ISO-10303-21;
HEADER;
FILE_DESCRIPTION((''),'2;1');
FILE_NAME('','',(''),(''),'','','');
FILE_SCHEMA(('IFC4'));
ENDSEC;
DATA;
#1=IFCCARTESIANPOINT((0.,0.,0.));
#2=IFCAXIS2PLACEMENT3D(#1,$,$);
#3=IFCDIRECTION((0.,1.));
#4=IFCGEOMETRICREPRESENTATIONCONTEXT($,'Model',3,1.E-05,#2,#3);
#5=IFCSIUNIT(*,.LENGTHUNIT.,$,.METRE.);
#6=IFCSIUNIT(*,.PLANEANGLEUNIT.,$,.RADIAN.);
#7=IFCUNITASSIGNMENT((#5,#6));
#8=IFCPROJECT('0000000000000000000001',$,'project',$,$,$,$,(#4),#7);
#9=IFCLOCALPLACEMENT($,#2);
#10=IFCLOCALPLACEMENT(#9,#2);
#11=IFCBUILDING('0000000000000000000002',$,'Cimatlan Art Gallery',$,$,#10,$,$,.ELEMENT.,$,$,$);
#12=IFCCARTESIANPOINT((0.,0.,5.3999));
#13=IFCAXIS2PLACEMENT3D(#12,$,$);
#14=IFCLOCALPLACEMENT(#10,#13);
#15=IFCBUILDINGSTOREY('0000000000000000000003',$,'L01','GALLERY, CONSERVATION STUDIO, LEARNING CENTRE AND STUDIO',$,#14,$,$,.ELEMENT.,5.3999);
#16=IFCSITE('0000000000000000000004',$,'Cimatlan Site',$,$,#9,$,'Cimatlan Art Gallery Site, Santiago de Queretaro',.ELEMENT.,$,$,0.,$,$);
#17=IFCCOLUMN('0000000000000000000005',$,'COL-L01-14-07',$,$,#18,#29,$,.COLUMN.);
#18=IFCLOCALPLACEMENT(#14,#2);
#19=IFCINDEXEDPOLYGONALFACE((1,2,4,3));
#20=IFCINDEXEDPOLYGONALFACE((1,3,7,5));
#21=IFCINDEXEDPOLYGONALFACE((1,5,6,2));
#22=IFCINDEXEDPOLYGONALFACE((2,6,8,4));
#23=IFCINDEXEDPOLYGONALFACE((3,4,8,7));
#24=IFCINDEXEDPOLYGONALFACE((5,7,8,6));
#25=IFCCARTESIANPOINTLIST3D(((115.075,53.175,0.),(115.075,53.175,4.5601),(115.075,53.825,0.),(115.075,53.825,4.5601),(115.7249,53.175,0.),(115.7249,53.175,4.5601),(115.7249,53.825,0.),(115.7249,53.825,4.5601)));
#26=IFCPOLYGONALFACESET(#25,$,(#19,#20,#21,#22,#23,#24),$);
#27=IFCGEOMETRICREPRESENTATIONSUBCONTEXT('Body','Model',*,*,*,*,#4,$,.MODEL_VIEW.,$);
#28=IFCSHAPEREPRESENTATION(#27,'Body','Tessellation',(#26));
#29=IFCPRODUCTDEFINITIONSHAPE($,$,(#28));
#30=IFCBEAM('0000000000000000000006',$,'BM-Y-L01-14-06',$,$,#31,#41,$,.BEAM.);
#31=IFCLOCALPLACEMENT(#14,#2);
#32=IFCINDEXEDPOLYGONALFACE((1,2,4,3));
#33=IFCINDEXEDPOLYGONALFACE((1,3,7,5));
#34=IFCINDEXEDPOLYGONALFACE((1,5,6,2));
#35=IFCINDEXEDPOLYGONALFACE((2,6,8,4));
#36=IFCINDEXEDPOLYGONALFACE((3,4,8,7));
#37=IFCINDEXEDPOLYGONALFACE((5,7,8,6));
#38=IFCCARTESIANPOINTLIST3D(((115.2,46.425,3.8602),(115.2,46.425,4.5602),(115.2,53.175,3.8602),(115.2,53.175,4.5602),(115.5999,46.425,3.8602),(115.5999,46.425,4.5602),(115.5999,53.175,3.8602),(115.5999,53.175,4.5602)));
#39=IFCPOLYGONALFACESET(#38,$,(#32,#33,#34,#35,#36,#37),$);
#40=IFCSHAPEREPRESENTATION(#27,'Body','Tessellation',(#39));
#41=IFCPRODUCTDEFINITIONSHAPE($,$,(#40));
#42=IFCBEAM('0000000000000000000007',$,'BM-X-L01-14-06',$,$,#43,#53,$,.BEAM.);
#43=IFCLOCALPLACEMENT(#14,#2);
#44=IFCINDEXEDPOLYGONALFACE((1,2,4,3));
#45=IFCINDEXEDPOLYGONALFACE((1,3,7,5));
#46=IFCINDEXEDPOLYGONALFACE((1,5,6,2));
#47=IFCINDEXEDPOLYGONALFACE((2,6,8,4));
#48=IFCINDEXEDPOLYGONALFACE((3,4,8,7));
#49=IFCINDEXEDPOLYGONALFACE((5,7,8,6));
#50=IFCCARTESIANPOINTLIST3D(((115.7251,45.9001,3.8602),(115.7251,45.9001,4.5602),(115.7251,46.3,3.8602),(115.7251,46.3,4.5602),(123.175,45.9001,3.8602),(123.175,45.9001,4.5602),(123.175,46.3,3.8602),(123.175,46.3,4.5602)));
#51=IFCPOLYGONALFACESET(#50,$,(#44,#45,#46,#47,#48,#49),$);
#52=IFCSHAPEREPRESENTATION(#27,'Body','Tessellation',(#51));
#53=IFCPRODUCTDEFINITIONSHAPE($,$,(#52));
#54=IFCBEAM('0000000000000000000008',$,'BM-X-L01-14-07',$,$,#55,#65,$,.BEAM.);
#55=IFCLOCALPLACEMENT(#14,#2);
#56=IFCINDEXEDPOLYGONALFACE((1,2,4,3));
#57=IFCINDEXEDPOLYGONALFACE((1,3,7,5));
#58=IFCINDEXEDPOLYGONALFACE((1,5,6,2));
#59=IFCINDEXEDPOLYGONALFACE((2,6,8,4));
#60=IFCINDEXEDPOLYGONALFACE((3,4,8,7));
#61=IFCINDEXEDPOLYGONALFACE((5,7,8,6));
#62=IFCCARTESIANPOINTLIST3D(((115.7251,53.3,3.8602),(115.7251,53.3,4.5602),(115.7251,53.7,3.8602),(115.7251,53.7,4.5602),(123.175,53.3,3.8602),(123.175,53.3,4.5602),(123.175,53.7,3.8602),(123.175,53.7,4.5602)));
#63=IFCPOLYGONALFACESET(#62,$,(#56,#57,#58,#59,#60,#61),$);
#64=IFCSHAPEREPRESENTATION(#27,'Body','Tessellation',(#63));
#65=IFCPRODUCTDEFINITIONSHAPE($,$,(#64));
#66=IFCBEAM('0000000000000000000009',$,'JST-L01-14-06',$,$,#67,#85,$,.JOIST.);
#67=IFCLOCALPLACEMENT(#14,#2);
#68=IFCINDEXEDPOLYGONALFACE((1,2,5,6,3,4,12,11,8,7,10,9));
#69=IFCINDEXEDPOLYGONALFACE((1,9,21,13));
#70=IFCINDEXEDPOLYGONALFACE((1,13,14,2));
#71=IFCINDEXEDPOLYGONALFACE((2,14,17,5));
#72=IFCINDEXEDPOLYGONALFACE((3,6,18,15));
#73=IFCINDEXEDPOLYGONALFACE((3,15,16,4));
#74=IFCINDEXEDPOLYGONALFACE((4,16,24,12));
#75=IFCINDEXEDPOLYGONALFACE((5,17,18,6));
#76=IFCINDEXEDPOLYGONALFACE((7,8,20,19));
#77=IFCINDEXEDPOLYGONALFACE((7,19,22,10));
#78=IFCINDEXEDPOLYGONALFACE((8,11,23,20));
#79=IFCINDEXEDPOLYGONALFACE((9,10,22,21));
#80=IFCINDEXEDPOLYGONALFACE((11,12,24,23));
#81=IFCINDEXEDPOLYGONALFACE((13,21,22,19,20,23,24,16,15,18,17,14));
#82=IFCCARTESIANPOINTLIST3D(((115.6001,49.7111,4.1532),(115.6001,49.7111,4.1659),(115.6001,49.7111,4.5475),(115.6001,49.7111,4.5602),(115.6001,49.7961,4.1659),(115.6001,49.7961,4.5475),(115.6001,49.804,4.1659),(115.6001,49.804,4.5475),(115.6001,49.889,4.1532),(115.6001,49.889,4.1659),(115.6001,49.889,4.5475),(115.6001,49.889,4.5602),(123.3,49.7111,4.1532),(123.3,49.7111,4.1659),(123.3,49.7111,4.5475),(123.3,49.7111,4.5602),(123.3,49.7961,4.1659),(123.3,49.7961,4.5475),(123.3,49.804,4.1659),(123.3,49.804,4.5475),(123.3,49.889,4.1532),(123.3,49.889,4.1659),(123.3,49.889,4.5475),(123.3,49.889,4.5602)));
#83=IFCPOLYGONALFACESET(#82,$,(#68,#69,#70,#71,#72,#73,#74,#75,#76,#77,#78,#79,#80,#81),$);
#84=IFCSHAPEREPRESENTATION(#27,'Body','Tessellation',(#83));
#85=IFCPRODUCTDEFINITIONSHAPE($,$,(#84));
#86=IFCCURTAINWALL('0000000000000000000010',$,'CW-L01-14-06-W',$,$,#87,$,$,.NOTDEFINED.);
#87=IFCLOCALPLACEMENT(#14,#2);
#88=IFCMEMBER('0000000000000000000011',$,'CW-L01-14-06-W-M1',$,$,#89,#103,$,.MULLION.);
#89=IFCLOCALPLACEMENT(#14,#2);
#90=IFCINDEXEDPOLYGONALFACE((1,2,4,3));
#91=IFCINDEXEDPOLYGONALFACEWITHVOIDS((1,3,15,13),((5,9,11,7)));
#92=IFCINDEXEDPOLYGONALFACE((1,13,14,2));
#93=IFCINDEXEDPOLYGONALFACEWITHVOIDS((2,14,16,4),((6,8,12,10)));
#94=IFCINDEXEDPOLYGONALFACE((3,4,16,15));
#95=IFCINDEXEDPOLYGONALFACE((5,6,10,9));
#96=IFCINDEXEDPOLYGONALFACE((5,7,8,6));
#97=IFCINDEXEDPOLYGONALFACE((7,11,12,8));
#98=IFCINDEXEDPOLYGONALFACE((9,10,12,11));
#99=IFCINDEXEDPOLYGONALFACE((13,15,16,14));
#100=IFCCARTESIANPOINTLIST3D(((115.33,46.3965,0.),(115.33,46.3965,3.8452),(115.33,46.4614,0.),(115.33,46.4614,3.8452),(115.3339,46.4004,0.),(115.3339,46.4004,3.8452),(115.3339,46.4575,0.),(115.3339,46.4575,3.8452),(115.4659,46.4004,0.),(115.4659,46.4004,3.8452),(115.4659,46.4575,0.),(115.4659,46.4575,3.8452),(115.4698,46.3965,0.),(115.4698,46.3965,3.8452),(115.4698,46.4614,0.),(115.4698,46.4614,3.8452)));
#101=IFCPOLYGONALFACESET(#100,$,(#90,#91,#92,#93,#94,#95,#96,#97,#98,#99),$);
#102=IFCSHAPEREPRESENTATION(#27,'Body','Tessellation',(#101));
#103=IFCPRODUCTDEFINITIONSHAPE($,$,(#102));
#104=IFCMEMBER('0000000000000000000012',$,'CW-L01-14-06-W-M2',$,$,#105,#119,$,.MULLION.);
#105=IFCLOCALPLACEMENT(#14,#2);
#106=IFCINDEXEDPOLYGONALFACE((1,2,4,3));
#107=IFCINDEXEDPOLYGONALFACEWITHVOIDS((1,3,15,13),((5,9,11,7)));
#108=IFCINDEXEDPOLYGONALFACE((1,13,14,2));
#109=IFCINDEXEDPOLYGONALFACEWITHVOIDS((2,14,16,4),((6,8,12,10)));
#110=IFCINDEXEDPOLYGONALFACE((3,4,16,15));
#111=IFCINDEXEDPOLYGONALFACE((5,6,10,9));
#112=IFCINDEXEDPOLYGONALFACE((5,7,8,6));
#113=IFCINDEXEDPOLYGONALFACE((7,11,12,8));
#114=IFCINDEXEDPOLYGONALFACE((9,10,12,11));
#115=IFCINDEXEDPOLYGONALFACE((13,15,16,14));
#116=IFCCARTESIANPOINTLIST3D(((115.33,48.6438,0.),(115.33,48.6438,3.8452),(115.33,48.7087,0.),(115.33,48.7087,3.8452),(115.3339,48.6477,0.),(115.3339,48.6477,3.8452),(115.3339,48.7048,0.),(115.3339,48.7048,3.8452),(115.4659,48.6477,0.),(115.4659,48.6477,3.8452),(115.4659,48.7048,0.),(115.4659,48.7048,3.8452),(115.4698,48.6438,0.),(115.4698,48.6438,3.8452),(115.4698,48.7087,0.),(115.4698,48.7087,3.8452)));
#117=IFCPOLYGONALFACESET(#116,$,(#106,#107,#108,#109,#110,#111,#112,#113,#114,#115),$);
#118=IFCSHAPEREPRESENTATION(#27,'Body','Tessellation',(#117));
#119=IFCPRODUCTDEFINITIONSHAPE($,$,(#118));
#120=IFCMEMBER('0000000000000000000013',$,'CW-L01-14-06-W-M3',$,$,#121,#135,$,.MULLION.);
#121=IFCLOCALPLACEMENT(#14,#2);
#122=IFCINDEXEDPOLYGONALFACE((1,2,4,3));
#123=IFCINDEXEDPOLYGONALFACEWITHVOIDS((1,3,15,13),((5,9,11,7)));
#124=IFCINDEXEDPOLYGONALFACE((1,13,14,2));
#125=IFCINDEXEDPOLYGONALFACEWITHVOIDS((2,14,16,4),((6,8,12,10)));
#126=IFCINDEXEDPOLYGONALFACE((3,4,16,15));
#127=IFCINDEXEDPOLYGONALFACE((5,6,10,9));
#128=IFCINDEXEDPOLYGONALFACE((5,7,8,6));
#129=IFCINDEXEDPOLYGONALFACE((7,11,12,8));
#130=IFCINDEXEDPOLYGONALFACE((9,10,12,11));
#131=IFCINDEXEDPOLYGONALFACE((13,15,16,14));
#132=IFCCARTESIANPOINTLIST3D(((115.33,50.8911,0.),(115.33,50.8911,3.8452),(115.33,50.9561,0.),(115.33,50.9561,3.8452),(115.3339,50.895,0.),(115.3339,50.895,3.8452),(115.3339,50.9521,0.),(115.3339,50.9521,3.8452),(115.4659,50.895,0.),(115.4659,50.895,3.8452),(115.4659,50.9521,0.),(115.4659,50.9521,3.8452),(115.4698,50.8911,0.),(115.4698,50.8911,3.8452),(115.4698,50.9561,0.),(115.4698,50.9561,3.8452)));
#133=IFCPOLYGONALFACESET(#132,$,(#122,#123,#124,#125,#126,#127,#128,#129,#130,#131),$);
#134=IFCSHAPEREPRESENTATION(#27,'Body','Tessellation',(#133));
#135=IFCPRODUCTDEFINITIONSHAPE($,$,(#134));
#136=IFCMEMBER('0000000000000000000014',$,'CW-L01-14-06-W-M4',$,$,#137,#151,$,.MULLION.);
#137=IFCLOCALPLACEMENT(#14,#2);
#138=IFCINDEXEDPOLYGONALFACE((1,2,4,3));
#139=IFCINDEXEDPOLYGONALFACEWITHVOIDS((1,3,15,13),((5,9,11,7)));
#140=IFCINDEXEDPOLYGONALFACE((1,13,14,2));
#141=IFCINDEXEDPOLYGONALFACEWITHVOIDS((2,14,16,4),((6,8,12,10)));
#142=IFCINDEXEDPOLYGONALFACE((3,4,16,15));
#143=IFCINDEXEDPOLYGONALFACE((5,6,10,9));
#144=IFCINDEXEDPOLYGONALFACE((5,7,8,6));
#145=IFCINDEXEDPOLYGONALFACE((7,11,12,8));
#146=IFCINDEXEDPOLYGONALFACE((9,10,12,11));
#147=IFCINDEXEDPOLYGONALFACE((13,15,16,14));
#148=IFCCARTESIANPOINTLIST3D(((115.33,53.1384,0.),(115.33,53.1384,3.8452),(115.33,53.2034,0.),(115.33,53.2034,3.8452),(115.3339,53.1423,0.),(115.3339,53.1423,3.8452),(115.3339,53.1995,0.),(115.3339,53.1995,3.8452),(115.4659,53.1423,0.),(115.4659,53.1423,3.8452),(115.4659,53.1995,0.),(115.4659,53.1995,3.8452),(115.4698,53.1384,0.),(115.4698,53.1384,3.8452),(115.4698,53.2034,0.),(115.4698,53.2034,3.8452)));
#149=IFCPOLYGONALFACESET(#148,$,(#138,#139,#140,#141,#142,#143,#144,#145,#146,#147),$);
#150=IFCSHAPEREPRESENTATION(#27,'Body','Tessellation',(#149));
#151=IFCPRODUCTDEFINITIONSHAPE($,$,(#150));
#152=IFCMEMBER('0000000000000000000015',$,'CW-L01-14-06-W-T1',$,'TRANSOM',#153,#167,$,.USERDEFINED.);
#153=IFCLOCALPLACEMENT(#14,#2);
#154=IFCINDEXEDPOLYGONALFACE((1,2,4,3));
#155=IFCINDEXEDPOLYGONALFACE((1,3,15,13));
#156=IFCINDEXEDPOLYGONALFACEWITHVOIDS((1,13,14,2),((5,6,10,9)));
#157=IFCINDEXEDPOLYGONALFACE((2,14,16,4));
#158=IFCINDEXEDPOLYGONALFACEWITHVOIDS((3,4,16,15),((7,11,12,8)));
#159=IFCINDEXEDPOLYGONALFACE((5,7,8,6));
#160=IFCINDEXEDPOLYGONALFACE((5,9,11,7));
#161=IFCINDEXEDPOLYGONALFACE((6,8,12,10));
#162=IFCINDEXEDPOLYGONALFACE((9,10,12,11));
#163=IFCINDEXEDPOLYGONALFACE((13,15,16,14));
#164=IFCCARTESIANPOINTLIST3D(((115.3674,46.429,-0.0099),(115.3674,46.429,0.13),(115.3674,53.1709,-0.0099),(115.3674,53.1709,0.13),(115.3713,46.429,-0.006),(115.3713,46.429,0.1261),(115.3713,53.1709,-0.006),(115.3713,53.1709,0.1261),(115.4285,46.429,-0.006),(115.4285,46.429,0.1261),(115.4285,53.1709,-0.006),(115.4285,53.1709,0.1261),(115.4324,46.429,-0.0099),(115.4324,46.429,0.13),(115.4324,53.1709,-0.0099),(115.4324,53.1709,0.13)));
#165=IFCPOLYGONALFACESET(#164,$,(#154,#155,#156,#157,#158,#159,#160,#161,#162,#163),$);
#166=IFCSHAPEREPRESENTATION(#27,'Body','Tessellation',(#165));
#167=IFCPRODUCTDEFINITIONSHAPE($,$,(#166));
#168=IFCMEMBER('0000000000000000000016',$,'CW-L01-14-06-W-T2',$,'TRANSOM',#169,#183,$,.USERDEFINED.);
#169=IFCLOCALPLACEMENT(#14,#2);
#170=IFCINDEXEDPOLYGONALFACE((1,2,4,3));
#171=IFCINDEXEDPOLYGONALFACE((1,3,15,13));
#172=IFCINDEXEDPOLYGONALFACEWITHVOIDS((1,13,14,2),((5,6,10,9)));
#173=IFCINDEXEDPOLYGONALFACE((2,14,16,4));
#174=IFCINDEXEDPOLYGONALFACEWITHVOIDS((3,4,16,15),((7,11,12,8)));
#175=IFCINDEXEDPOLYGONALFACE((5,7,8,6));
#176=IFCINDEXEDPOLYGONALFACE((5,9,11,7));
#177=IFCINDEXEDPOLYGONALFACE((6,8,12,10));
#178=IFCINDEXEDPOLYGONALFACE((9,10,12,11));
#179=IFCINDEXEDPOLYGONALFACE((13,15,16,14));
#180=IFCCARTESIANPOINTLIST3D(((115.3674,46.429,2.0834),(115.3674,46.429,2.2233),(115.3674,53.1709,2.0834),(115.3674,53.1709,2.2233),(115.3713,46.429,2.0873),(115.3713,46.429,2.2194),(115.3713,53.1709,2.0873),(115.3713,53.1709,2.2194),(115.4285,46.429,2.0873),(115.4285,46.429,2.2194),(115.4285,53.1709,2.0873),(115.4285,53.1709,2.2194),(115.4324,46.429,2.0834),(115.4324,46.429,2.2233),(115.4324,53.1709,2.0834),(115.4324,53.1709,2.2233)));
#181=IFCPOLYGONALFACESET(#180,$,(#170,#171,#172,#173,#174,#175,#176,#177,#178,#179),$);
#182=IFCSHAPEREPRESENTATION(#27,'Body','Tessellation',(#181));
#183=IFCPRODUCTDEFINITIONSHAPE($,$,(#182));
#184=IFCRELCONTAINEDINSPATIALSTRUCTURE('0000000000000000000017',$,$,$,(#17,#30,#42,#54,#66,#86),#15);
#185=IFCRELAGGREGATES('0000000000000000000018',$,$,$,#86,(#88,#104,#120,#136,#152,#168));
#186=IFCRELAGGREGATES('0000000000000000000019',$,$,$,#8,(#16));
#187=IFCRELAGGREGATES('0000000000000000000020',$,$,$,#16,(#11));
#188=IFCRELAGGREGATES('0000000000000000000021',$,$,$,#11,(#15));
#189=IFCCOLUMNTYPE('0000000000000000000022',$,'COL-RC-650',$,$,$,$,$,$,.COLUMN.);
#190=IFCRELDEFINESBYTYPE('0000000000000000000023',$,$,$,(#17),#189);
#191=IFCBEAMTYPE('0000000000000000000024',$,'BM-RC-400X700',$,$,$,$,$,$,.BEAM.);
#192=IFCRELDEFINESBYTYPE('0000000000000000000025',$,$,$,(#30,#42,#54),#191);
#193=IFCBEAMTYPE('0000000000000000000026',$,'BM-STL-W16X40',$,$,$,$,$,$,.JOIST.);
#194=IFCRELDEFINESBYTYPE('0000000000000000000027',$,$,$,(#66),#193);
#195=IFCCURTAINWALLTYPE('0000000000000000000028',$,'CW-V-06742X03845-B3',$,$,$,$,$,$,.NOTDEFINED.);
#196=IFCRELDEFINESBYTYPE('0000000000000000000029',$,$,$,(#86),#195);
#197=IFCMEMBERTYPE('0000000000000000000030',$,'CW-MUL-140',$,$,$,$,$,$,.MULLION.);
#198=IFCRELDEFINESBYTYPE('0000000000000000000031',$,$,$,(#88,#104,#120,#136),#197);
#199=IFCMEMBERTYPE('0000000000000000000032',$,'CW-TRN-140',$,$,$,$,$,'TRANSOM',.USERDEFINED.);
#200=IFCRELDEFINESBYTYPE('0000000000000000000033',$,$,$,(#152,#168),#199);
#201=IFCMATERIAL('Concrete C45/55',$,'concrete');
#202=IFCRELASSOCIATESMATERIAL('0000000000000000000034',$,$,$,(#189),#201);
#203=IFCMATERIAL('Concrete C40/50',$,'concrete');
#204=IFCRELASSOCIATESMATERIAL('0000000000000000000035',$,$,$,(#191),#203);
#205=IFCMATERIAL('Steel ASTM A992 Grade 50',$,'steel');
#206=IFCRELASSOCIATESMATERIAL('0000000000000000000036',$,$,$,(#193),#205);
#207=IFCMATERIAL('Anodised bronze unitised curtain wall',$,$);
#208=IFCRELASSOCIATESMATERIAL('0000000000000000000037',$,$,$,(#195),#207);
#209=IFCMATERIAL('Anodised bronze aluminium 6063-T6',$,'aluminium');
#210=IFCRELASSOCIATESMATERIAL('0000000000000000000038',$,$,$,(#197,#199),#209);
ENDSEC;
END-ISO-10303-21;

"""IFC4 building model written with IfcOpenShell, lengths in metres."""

from ifc_helpers import new_model, si_unit, direction, frame, origin, origin_2d, place, context, subcontext, project, spatial, rectangle, hollow_rectangle, i_section, extrude, material, material_profile, profile_set, type_object, element, aggregate, save


model = new_model("IFC4")

# Units and contexts
model_context = context("Model", 3, precision=1e-05, world=origin(), true_north=direction((0.0, 1.0)))
body_context = subcontext(model_context, "Body", "Model", "MODEL_VIEW")
ifc_project = project(units=[si_unit("LENGTHUNIT", "METRE"), si_unit("PLANEANGLEUNIT", "RADIAN")], contexts=[model_context])

# Site, building, storey
site_placement = place(None, origin())
site = spatial("IfcSite", under=ifc_project, at=site_placement, Name="Cimatlan Site", LongName="Cimatlan Art Gallery Site, Santiago de Queretaro", CompositionType="ELEMENT", RefElevation=0.0)
building_placement = place(site_placement, origin())
building = spatial("IfcBuilding", under=site, at=building_placement, Name="Cimatlan Art Gallery", CompositionType="ELEMENT")
storey_placement = place(building_placement, frame((0.0, 0.0, 5.3999)))
storey = spatial("IfcBuildingStorey", under=building, at=storey_placement, Name="L01", Description="GALLERY, CONSERVATION STUDIO, LEARNING CENTRE AND STUDIO", CompositionType="ELEMENT", Elevation=5.3999)

# Column
ifc_material_1 = material(Name="Concrete C45/55", Category="concrete")
ifc_material_profile_1 = material_profile(ifc_material_1, rectangle(XDim=0.6499, YDim=0.6499, at=origin_2d()), Name="RC650X650")
ifc_profile_set_1 = profile_set([ifc_material_profile_1], Name="Concrete C45/55")
column_type = type_object("IfcColumnType", Name="COL-RC-650", PredefinedType="COLUMN", material=ifc_profile_set_1)
column_placement = place(storey_placement, frame((115.3999, 53.5, 0.0), z_axis=(0.0, 0.0, 1.0), x_axis=(1.0, 0.0, 0.0)))
element("IfcColumn", 1, at=column_placement, inside=storey, type_object=column_type, Name="COL-L01-14-07", PredefinedType="COLUMN", context=body_context, shape_type="SweptSolid", body=[
    extrude(rectangle(XDim=0.6499, YDim=0.6499, at=origin_2d()), origin(), (0.0, 0.0, 1.0), 4.5601),
])

# Beams
ifc_material_2 = material(Name="Concrete C40/50", Category="concrete")
ifc_material_profile_2 = material_profile(ifc_material_2, rectangle(XDim=0.3999, YDim=0.7, at=origin_2d()), Name="RC400X700")
ifc_profile_set_2 = profile_set([ifc_material_profile_2], Name="Concrete C40/50")
beam_type_1 = type_object("IfcBeamType", Name="BM-RC-400X700", PredefinedType="BEAM", material=ifc_profile_set_2)
beam_1_placement = place(storey_placement, frame((115.3999, 46.425, 4.2102), z_axis=(0.0, 1.0, 0.0), x_axis=(-1.0, 0.0, 0.0)))
element("IfcBeam", 2, at=beam_1_placement, inside=storey, type_object=beam_type_1, Name="BM-Y-L01-14-06", PredefinedType="BEAM", context=body_context, shape_type="SweptSolid", body=[
    extrude(rectangle(XDim=0.3999, YDim=0.7, at=origin_2d()), origin(), (0.0, 0.0, 1.0), 6.75),
])
for number, where, z_axis, x_axis, name in (
    (3, (115.7251, 46.1001, 4.2102), (1.0, 0.0, 0.0), (0.0, 1.0, 0.0), "BM-X-L01-14-06"),
    (4, (115.7251, 53.5, 4.2102), (1.0, 0.0, 0.0), (0.0, 1.0, 0.0), "BM-X-L01-14-07"),
):
    element("IfcBeam", number, at=place(storey_placement, frame(where, z_axis=z_axis, x_axis=x_axis)), inside=storey, type_object=beam_type_1, Name=name, PredefinedType="BEAM", context=body_context, shape_type="SweptSolid", body=[
        extrude(rectangle(XDim=0.3999, YDim=0.7, at=origin_2d()), origin(), (0.0, 0.0, 1.0), 7.45),
    ])
ifc_material_3 = material(Name="Steel ASTM A992 Grade 50", Category="steel")
ifc_material_profile_3 = material_profile(ifc_material_3, i_section(OverallWidth=0.178, OverallDepth=0.407, WebThickness=0.0078, FlangeThickness=0.0127, at=origin_2d()), Name="W16X40")
ifc_profile_set_3 = profile_set([ifc_material_profile_3], Name="Steel ASTM A992 Grade 50")
beam_type_2 = type_object("IfcBeamType", Name="BM-STL-W16X40", PredefinedType="JOIST", material=ifc_profile_set_3)
beam_2_placement = place(storey_placement, frame((115.6001, 49.8, 4.3567), z_axis=(1.0, 0.0, 0.0), x_axis=(0.0, 1.0, 0.0)))
element("IfcBeam", 5, at=beam_2_placement, inside=storey, type_object=beam_type_2, Name="JST-L01-14-06", PredefinedType="JOIST", context=body_context, shape_type="SweptSolid", body=[
    extrude(i_section(OverallWidth=0.178, OverallDepth=0.407, WebThickness=0.0078, FlangeThickness=0.0127, at=origin_2d()), origin(), (0.0, 0.0, 1.0), 7.7),
])

# Curtain wall, members
ifc_material_4 = material(Name="Anodised bronze unitised curtain wall")
curtain_wall_type = type_object("IfcCurtainWallType", Name="CW-V-06742X03845-B3", PredefinedType="NOTDEFINED", material=ifc_material_4)
curtain_wall_placement = place(storey_placement, origin())
curtain_wall = element("IfcCurtainWall", 6, at=curtain_wall_placement, inside=storey, type_object=curtain_wall_type, Name="CW-L01-14-06-W", PredefinedType="NOTDEFINED")
ifc_material_5 = material(Name="Anodised bronze aluminium 6063-T6", Category="aluminium")
ifc_material_profile_4 = material_profile(ifc_material_5, hollow_rectangle(XDim=0.0649, YDim=0.1399, WallThickness=0.0039, at=origin_2d()), Name="ALU65X140X4")
ifc_profile_set_4 = profile_set([ifc_material_profile_4], Name="Anodised bronze aluminium 6063-T6")
member_type_1 = type_object("IfcMemberType", Name="CW-MUL-140", PredefinedType="MULLION", material=ifc_profile_set_4)
member_1_placement = place(storey_placement, frame((115.3999, 46.429, 0.0), z_axis=(0.0, 0.0, 1.0), x_axis=(0.0, 1.0, 0.0)))
member_1 = element("IfcMember", 7, at=member_1_placement, type_object=member_type_1, Name="CW-L01-14-06-W-M1", PredefinedType="MULLION", context=body_context, shape_type="SweptSolid", body=[
    extrude(hollow_rectangle(XDim=0.0649, YDim=0.1399, WallThickness=0.0039, at=origin_2d()), origin(), (0.0, 0.0, 1.0), 3.8452),
])
member_2_placement = place(storey_placement, frame((115.3999, 48.6763, 0.0), z_axis=(0.0, 0.0, 1.0), x_axis=(0.0, 1.0, 0.0)))
member_2 = element("IfcMember", 8, at=member_2_placement, type_object=member_type_1, Name="CW-L01-14-06-W-M2", PredefinedType="MULLION", context=body_context, shape_type="SweptSolid", body=[
    extrude(hollow_rectangle(XDim=0.0649, YDim=0.1399, WallThickness=0.0039, at=origin_2d()), origin(), (0.0, 0.0, 1.0), 3.8452),
])
member_3_placement = place(storey_placement, frame((115.3999, 50.9236, 0.0), z_axis=(0.0, 0.0, 1.0), x_axis=(0.0, 1.0, 0.0)))
member_3 = element("IfcMember", 9, at=member_3_placement, type_object=member_type_1, Name="CW-L01-14-06-W-M3", PredefinedType="MULLION", context=body_context, shape_type="SweptSolid", body=[
    extrude(hollow_rectangle(XDim=0.0649, YDim=0.1399, WallThickness=0.0039, at=origin_2d()), origin(), (0.0, 0.0, 1.0), 3.8452),
])
member_4_placement = place(storey_placement, frame((115.3999, 53.1709, 0.0), z_axis=(0.0, 0.0, 1.0), x_axis=(0.0, 1.0, 0.0)))
member_4 = element("IfcMember", 10, at=member_4_placement, type_object=member_type_1, Name="CW-L01-14-06-W-M4", PredefinedType="MULLION", context=body_context, shape_type="SweptSolid", body=[
    extrude(hollow_rectangle(XDim=0.0649, YDim=0.1399, WallThickness=0.0039, at=origin_2d()), origin(), (0.0, 0.0, 1.0), 3.8452),
])
ifc_material_profile_5 = material_profile(ifc_material_5, hollow_rectangle(XDim=0.0649, YDim=0.1399, WallThickness=0.0039, at=origin_2d()), Name="ALU65X140X4")
ifc_profile_set_5 = profile_set([ifc_material_profile_5], Name="Anodised bronze aluminium 6063-T6")
member_type_2 = type_object("IfcMemberType", Name="CW-TRN-140", ElementType="TRANSOM", PredefinedType="USERDEFINED", material=ifc_profile_set_5)
member_5_placement = place(storey_placement, frame((115.3999, 46.429, 0.0601), z_axis=(0.0, 1.0, 0.0), x_axis=(-1.0, 0.0, 0.0)))
member_5 = element("IfcMember", 11, at=member_5_placement, type_object=member_type_2, Name="CW-L01-14-06-W-T1", ObjectType="TRANSOM", PredefinedType="USERDEFINED", context=body_context, shape_type="SweptSolid", body=[
    extrude(hollow_rectangle(XDim=0.0649, YDim=0.1399, WallThickness=0.0039, at=origin_2d()), origin(), (0.0, 0.0, 1.0), 6.7419),
])
member_6_placement = place(storey_placement, frame((115.3999, 46.429, 2.1533), z_axis=(0.0, 1.0, 0.0), x_axis=(-1.0, 0.0, 0.0)))
member_6 = element("IfcMember", 12, at=member_6_placement, type_object=member_type_2, Name="CW-L01-14-06-W-T2", ObjectType="TRANSOM", PredefinedType="USERDEFINED", context=body_context, shape_type="SweptSolid", body=[
    extrude(hollow_rectangle(XDim=0.0649, YDim=0.1399, WallThickness=0.0039, at=origin_2d()), origin(), (0.0, 0.0, 1.0), 6.7419),
])
aggregate(curtain_wall, [member_1, member_2, member_3, member_4, member_5, member_6])

save(model, "model.ifc")
